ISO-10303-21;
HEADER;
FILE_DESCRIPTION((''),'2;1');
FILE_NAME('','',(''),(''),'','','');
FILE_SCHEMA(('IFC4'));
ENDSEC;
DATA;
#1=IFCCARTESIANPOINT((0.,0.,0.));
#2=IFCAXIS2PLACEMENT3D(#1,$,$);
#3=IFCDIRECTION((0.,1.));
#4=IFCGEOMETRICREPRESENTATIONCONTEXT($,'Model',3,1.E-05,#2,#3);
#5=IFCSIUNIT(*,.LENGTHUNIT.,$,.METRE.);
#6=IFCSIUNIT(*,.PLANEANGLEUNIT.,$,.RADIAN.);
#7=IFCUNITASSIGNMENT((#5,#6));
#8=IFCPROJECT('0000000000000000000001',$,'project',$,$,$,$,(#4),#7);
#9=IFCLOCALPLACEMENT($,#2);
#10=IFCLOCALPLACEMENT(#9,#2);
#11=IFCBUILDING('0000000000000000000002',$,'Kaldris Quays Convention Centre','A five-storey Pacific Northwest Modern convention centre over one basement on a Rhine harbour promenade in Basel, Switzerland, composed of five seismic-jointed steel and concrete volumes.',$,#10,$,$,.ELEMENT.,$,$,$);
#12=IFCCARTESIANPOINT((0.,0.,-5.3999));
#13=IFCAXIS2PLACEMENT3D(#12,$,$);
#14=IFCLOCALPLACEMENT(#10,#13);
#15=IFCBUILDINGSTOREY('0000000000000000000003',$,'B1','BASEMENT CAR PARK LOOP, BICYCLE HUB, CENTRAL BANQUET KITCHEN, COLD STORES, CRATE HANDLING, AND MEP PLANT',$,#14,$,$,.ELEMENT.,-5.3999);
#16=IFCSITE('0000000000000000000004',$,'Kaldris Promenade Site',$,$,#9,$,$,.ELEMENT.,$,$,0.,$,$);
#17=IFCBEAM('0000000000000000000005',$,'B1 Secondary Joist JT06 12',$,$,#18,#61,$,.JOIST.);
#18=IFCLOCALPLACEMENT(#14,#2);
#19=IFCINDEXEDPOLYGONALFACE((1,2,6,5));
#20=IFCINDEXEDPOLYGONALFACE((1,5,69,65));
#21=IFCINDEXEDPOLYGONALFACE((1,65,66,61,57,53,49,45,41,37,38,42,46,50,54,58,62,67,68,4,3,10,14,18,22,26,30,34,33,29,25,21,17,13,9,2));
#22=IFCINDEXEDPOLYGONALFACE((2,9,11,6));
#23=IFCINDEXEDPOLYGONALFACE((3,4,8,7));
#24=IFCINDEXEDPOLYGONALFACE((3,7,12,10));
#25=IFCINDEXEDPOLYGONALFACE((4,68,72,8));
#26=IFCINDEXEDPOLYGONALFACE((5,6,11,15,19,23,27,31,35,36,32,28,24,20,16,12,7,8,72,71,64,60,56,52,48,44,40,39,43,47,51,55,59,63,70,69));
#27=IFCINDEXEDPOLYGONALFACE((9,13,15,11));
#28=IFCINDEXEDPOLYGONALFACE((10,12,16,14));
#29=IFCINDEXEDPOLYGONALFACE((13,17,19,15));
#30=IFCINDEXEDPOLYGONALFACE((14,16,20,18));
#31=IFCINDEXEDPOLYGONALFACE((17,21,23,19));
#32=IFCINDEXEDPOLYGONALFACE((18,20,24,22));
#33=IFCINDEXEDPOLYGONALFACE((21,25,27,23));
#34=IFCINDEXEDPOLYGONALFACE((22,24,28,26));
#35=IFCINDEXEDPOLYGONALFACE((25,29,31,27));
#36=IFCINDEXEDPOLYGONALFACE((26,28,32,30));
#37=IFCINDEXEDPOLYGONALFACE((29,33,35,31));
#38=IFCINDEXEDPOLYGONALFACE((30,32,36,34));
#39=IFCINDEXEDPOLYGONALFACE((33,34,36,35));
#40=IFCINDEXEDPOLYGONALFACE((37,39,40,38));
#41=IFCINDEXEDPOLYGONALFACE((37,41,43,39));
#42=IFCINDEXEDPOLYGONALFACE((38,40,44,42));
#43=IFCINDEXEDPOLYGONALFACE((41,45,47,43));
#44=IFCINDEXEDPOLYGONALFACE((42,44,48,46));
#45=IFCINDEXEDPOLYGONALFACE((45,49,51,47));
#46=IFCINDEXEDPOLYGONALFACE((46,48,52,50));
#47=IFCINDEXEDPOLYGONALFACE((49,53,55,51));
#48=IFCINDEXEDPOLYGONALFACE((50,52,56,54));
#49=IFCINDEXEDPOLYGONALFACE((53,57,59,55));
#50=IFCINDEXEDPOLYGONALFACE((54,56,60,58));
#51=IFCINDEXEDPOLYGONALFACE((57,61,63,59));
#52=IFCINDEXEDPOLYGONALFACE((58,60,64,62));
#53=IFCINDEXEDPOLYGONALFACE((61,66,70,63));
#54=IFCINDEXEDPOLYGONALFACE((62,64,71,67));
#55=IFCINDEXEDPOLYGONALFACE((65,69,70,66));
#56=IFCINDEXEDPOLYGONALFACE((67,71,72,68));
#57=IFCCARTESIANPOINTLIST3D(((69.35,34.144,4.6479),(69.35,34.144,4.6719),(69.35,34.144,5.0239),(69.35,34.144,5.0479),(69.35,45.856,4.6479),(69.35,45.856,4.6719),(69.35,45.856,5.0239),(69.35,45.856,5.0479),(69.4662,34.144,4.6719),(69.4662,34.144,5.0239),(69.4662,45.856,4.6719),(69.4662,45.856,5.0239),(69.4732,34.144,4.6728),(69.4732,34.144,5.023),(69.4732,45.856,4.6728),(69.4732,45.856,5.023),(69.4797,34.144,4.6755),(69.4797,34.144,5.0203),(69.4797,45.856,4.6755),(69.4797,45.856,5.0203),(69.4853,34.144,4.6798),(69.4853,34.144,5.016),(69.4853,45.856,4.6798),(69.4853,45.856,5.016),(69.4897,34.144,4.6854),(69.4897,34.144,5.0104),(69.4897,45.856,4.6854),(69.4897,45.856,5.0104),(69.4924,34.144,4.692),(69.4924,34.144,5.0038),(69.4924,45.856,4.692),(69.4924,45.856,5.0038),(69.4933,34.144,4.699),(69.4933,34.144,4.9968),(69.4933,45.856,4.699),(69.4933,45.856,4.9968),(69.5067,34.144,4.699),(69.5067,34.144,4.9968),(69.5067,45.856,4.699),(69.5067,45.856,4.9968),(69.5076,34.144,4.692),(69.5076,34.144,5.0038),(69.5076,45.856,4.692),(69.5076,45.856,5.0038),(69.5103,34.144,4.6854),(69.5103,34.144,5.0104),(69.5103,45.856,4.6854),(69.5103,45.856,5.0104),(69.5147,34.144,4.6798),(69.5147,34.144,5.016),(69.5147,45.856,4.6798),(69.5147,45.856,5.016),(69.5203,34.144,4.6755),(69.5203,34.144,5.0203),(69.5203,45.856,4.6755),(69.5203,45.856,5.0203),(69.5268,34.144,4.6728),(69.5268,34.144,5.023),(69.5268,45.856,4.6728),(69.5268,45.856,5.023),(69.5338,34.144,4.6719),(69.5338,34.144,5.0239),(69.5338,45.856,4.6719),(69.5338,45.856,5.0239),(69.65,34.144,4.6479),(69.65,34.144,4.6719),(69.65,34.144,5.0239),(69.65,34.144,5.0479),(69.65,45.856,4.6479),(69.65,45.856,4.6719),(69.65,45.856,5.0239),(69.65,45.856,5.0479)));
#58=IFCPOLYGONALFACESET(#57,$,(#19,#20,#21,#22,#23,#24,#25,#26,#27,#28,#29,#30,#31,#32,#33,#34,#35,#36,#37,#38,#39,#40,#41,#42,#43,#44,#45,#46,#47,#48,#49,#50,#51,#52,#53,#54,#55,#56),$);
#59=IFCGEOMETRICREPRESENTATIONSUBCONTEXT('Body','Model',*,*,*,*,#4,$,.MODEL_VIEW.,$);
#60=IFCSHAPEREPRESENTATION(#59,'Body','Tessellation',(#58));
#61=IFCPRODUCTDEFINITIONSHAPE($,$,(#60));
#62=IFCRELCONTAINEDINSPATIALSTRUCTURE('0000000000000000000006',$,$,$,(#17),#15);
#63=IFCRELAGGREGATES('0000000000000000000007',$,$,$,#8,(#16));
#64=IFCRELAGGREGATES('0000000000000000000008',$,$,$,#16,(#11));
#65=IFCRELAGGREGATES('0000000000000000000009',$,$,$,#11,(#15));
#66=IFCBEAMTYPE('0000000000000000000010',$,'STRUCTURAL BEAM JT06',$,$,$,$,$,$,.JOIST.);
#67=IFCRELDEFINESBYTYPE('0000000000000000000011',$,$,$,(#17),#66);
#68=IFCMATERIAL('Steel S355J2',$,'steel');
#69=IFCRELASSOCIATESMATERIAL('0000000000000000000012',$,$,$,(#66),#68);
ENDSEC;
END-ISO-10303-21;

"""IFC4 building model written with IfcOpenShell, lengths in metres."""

from ifc_helpers import new_model, si_unit, direction, frame, origin, origin_2d, place, context, subcontext, project, spatial, i_section, extrude, material, material_profile, profile_set, type_object, element, save


model = new_model("IFC4")

# Units and contexts
model_context = context("Model", 3, precision=1e-05, world=origin(), true_north=direction((0.0, 1.0)))
body_context = subcontext(model_context, "Body", "Model", "MODEL_VIEW")
ifc_project = project(units=[si_unit("LENGTHUNIT", "METRE"), si_unit("PLANEANGLEUNIT", "RADIAN")], contexts=[model_context])

# Site, building, storey
site_placement = place(None, origin())
site = spatial("IfcSite", under=ifc_project, at=site_placement, Name="Kaldris Promenade Site", CompositionType="ELEMENT", RefElevation=0.0)
building_placement = place(site_placement, origin())
building = spatial("IfcBuilding", under=site, at=building_placement, Name="Kaldris Quays Convention Centre", Description="A five-storey Pacific Northwest Modern convention centre over one basement on a Rhine harbour promenade in Basel, Switzerland, composed of five seismic-jointed steel and concrete volumes.", CompositionType="ELEMENT")
storey_placement = place(building_placement, frame((0.0, 0.0, -5.3999)))
storey = spatial("IfcBuildingStorey", under=building, at=storey_placement, Name="B1", Description="BASEMENT CAR PARK LOOP, BICYCLE HUB, CENTRAL BANQUET KITCHEN, COLD STORES, CRATE HANDLING, AND MEP PLANT", CompositionType="ELEMENT", Elevation=-5.3999)

# Shared definitions
ifc_material_1 = material(Name="Steel S355J2", Category="steel")

# Beam
ifc_material_profile_1 = material_profile(ifc_material_1, i_section(OverallWidth=0.3, OverallDepth=0.3999, WebThickness=0.0134, FlangeThickness=0.0239, FilletRadius=0.0271, at=origin_2d()), Name="HEB 400")
ifc_profile_set_1 = profile_set([ifc_material_profile_1], Name="Steel S355J2")
beam_type_1 = type_object("IfcBeamType", Name="STRUCTURAL BEAM JT06", PredefinedType="JOIST", material=ifc_profile_set_1)
beam_1_placement = place(storey_placement, frame((69.5, 34.144, 4.8479), z_axis=(0.0, 1.0, 0.0), x_axis=(-1.0, 0.0, 0.0)))
element("IfcBeam", 1, at=beam_1_placement, inside=storey, type_object=beam_type_1, Name="B1 Secondary Joist JT06 12", PredefinedType="JOIST", context=body_context, shape_type="SweptSolid", body=[
    extrude(i_section(OverallWidth=0.3, OverallDepth=0.3999, WebThickness=0.0134, FlangeThickness=0.0239, FilletRadius=0.0271, at=origin_2d()), origin(), (0.0, 0.0, 1.0), 11.7119),
])

save(model, "model.ifc")
